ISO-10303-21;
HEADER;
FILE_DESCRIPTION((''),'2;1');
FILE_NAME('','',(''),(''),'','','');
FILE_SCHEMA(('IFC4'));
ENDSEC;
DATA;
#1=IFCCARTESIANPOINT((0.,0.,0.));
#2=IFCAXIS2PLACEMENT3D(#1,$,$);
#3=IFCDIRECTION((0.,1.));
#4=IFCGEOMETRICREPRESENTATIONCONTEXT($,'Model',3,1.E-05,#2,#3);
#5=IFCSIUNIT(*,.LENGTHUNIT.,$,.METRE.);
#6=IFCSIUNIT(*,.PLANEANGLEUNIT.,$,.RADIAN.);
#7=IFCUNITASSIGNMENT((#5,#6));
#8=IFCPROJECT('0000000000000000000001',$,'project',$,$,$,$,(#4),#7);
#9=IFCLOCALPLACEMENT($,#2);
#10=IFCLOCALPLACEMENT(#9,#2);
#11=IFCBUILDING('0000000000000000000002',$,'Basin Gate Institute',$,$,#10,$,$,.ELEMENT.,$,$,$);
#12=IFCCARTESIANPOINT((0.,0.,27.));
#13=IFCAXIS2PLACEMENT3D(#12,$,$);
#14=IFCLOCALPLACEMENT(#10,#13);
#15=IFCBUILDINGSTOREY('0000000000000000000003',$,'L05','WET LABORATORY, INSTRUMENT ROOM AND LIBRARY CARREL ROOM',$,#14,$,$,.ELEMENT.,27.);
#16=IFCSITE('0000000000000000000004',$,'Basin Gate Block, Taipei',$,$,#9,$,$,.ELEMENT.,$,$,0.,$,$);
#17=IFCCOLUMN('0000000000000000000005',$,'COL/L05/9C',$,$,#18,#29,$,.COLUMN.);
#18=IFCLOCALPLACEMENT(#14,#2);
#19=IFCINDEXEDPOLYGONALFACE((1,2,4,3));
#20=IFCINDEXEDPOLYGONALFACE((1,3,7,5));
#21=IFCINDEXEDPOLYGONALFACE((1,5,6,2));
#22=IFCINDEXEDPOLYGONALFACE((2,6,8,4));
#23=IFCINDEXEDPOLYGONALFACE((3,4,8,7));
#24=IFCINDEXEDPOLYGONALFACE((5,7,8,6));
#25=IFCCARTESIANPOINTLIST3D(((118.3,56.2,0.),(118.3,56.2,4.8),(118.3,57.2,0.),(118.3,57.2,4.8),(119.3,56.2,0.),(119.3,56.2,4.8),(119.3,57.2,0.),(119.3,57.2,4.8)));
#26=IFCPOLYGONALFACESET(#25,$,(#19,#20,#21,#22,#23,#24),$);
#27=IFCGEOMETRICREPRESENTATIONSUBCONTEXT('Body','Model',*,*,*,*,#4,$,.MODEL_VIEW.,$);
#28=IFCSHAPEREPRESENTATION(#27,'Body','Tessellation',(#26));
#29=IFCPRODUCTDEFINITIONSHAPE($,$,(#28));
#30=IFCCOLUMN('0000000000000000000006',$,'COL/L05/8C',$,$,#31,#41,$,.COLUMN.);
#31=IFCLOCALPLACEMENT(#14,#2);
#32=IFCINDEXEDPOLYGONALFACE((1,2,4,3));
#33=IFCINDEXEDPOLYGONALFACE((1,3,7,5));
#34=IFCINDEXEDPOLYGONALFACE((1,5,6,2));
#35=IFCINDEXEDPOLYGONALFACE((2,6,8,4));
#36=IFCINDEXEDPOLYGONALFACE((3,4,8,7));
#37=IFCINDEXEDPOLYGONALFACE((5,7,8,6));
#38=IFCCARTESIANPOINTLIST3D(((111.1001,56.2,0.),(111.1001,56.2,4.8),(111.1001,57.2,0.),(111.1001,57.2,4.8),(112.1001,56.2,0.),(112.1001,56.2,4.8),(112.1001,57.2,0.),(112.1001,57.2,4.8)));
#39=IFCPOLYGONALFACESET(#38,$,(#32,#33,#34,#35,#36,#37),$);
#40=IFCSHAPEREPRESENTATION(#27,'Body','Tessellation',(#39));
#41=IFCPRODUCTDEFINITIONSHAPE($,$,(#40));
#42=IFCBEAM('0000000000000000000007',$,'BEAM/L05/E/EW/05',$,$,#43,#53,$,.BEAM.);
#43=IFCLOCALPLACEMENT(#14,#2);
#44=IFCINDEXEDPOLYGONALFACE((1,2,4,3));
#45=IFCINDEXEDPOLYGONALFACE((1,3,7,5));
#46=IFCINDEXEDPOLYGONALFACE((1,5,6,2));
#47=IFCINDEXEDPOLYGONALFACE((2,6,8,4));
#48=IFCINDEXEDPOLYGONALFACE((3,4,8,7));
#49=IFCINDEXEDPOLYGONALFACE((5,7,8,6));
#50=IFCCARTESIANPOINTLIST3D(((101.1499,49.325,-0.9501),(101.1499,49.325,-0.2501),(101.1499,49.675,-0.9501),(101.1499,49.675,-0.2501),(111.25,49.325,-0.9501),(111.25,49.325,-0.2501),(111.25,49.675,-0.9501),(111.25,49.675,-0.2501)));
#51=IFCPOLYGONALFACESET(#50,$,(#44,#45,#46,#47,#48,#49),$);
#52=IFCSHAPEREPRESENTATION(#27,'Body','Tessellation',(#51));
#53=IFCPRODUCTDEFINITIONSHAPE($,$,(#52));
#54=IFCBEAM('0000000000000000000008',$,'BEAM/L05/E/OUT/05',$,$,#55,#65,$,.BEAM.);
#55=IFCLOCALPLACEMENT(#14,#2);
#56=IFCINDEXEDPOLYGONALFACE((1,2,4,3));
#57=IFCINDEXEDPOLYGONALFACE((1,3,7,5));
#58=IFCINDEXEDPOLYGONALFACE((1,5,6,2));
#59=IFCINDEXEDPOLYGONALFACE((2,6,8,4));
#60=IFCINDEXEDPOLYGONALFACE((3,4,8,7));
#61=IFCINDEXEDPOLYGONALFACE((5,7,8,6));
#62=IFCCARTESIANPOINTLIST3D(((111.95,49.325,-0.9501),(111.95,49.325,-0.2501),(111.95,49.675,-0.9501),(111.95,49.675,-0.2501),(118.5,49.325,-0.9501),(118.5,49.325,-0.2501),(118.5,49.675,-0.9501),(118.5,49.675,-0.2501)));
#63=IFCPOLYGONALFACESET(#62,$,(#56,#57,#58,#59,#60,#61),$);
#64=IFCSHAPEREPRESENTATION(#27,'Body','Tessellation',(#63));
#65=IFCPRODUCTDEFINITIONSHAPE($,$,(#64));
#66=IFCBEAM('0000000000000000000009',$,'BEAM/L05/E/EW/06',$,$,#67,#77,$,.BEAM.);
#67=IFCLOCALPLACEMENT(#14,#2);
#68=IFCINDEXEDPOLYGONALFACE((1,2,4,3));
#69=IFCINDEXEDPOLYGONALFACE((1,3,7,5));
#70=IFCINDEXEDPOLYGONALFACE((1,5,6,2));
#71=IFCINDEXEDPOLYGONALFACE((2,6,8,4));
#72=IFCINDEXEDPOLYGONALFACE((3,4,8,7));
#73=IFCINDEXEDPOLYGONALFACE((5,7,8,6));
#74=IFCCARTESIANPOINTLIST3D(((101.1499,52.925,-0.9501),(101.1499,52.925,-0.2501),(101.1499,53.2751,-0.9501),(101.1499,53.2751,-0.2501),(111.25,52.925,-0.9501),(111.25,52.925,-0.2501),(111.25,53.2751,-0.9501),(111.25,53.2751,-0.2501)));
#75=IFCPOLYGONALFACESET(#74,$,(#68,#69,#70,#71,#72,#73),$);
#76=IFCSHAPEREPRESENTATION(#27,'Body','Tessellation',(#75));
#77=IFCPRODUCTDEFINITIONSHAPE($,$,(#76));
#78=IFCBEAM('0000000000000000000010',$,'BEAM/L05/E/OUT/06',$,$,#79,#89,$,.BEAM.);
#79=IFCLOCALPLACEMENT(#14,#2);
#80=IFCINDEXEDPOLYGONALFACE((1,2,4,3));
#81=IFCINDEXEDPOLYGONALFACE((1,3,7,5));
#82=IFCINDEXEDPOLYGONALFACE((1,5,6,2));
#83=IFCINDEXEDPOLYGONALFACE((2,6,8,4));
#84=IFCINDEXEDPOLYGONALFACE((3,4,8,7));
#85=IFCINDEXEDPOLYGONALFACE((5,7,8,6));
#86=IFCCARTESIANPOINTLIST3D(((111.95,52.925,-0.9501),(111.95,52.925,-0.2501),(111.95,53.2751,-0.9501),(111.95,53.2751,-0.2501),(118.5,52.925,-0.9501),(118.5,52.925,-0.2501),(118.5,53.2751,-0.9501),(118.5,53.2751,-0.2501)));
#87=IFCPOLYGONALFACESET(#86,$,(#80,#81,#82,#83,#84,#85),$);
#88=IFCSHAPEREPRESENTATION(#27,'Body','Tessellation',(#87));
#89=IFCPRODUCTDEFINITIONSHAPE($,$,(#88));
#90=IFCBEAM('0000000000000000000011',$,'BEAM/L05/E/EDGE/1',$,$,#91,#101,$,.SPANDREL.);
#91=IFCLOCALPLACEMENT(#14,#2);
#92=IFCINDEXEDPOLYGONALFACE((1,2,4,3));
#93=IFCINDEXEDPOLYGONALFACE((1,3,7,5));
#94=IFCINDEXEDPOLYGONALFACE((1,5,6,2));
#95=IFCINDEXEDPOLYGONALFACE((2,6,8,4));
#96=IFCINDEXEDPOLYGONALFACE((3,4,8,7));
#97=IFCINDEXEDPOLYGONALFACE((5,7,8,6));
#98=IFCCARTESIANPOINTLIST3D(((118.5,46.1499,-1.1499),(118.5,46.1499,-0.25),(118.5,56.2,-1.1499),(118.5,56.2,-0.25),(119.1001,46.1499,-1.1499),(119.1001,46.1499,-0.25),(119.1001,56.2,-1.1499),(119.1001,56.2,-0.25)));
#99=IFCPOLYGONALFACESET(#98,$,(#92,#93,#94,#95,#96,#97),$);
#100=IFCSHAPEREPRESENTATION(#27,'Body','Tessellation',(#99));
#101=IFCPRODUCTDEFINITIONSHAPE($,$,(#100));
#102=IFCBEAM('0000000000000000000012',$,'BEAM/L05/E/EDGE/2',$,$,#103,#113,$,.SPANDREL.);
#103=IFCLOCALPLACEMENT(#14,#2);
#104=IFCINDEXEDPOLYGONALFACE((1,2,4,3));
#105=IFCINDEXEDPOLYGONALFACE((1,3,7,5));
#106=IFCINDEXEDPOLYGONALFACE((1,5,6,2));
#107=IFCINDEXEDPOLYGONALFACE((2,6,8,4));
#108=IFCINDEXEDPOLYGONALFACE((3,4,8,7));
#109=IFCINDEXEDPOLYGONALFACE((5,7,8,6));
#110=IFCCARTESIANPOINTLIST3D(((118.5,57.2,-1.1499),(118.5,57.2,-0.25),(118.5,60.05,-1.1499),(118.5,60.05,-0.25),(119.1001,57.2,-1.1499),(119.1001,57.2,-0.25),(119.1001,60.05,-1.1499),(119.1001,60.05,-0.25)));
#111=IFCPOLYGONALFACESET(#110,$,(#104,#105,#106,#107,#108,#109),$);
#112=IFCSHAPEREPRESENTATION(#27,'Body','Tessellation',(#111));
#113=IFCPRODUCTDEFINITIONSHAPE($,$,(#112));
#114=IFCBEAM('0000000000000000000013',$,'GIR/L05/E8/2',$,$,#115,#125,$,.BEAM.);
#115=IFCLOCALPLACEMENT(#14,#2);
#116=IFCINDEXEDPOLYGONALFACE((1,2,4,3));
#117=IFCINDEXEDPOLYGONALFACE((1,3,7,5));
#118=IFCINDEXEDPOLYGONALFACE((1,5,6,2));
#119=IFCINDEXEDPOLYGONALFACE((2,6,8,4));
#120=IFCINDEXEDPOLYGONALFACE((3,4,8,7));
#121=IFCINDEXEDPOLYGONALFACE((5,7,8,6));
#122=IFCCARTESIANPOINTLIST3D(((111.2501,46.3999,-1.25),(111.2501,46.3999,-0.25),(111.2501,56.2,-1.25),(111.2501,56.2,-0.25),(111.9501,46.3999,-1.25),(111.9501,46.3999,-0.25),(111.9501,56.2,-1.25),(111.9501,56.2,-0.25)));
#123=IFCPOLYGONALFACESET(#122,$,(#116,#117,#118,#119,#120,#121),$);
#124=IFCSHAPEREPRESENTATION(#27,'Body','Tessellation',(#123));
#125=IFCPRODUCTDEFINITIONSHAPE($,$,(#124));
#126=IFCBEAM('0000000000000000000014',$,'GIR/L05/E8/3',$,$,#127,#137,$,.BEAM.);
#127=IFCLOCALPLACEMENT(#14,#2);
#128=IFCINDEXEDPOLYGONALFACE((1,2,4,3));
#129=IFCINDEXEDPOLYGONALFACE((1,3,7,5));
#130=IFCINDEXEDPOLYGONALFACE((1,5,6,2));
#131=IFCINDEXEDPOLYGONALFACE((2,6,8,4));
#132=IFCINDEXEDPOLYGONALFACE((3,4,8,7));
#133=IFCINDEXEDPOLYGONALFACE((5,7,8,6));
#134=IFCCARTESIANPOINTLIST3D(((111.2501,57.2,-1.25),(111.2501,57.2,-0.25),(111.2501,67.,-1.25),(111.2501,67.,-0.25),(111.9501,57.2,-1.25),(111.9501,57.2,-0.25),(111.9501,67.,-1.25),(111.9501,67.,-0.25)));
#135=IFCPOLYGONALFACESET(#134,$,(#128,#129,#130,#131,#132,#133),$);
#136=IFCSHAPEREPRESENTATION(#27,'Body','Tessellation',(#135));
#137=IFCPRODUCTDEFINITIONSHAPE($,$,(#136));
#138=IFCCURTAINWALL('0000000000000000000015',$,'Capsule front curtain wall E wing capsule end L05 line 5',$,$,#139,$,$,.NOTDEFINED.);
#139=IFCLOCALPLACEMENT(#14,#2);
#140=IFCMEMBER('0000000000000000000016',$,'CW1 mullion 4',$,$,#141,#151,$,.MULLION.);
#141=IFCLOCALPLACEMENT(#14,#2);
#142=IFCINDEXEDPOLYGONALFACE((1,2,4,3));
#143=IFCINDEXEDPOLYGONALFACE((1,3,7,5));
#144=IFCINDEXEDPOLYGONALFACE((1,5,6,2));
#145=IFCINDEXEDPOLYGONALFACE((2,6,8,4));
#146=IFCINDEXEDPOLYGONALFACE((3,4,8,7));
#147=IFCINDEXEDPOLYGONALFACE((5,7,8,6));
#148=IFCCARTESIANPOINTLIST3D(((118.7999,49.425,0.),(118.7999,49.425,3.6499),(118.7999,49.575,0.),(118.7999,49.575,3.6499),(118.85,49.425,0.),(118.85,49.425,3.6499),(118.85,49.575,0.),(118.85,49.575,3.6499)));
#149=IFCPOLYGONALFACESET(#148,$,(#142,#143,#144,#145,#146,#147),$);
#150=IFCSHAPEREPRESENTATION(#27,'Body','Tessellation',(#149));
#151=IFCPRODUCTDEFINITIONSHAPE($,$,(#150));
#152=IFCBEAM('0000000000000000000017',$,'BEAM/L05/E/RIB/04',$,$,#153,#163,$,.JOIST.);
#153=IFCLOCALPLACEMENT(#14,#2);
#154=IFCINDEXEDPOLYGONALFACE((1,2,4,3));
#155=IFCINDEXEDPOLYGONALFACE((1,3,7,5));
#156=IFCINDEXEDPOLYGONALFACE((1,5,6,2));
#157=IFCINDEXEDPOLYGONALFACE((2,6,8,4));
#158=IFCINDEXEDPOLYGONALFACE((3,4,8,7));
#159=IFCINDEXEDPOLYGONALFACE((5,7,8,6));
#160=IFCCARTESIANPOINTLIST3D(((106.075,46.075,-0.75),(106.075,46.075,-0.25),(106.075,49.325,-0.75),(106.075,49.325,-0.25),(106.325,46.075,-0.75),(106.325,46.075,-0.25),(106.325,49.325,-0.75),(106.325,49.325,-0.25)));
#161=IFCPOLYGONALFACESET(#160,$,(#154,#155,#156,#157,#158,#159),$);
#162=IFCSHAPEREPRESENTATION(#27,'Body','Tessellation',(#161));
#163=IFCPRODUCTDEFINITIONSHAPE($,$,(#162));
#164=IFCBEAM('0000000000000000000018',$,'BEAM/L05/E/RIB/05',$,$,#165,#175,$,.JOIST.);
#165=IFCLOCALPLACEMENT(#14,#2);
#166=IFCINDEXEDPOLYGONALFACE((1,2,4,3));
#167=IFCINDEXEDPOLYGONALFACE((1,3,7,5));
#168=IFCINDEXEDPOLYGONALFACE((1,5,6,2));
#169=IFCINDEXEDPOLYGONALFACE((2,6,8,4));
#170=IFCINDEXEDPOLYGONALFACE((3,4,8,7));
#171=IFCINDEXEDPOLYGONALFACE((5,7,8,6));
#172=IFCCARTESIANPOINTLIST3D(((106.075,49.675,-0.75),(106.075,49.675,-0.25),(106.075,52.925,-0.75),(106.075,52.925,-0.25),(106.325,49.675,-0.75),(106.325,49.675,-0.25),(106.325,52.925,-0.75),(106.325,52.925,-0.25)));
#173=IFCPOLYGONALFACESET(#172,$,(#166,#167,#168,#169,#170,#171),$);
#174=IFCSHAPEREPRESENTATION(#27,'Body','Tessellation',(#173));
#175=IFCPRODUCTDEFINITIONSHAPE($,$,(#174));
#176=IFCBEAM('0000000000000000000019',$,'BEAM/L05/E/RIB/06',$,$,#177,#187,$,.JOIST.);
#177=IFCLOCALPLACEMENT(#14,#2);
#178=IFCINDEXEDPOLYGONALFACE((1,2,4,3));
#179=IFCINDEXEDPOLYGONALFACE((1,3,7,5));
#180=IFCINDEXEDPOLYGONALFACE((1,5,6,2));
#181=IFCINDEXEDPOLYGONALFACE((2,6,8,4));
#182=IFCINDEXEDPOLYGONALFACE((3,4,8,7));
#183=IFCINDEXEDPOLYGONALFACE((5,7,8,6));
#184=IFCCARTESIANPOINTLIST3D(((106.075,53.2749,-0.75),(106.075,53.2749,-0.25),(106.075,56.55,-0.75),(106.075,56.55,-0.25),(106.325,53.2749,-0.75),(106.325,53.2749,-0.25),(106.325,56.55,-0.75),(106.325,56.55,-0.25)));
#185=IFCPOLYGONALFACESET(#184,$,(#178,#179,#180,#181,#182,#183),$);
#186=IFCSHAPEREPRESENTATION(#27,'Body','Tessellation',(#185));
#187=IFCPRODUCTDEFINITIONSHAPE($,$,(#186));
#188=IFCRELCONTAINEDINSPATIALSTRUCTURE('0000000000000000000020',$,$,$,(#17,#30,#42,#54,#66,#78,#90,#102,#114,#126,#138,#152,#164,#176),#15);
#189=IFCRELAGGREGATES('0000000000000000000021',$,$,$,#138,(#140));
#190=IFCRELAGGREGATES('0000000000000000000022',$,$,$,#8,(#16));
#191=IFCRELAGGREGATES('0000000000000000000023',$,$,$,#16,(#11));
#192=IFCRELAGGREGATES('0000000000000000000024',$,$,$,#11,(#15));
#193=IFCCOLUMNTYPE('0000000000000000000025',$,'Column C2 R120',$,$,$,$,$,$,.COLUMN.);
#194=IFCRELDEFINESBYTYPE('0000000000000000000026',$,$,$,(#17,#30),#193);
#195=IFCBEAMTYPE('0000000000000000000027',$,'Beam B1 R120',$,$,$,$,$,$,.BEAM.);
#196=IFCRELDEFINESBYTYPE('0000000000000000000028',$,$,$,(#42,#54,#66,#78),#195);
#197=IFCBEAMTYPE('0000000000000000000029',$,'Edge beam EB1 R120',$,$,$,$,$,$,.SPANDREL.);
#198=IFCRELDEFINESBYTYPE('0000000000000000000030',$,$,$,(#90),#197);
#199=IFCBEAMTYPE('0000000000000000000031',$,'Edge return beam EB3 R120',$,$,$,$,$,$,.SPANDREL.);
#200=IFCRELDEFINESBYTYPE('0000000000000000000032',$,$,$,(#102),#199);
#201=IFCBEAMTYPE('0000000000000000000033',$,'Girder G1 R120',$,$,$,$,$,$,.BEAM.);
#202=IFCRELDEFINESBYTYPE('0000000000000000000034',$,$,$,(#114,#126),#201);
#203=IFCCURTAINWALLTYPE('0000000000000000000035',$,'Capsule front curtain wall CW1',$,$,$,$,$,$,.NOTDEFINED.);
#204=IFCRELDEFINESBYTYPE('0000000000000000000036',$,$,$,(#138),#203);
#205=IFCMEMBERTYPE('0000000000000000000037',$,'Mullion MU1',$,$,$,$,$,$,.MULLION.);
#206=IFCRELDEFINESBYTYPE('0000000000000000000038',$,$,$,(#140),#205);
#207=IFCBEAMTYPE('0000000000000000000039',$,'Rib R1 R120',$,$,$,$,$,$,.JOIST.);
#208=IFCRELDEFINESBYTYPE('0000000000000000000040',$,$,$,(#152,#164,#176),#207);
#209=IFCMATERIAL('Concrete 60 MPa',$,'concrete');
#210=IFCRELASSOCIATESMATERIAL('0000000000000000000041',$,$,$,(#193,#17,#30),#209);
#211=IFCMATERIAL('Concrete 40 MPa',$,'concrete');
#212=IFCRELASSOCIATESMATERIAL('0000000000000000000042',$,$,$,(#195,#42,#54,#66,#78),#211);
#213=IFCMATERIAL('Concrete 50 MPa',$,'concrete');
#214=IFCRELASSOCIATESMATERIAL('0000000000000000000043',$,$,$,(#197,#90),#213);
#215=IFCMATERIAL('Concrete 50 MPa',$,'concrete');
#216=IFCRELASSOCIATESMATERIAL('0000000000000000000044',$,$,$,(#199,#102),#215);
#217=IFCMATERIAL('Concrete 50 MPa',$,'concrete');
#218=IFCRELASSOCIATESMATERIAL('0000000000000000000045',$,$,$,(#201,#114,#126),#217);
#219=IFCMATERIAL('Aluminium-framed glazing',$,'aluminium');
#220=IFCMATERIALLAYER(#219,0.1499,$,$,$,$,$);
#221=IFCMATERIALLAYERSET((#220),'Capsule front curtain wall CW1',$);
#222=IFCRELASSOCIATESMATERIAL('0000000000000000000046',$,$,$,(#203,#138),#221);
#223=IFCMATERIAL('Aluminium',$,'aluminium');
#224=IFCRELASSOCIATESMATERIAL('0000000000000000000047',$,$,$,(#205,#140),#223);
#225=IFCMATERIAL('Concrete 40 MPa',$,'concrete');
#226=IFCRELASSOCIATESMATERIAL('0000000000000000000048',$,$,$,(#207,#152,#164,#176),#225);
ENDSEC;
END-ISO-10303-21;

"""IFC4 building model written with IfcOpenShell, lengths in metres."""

from ifc_helpers import new_model, si_unit, direction, frame, origin, origin_2d, place, context, subcontext, project, spatial, rectangle, extrude, material, layer, layer_set, material_profile, profile_set, type_object, element, aggregate, save


model = new_model("IFC4")

# Units and contexts
model_context = context("Model", 3, precision=1e-05, world=origin(), true_north=direction((0.0, 1.0)))
body_context = subcontext(model_context, "Body", "Model", "MODEL_VIEW")
ifc_project = project(units=[si_unit("LENGTHUNIT", "METRE"), si_unit("PLANEANGLEUNIT", "RADIAN")], contexts=[model_context])

# Site, building, storey
site_placement = place(None, origin())
site = spatial("IfcSite", under=ifc_project, at=site_placement, Name="Basin Gate Block, Taipei", CompositionType="ELEMENT", RefElevation=0.0)
building_placement = place(site_placement, origin())
building = spatial("IfcBuilding", under=site, at=building_placement, Name="Basin Gate Institute", CompositionType="ELEMENT")
storey_placement = place(building_placement, frame((0.0, 0.0, 27.0)))
storey = spatial("IfcBuildingStorey", under=building, at=storey_placement, Name="L05", Description="WET LABORATORY, INSTRUMENT ROOM AND LIBRARY CARREL ROOM", CompositionType="ELEMENT", Elevation=27.0)

# Columns
ifc_material_1 = material(Name="Concrete 60 MPa", Category="concrete")
ifc_material_profile_1 = material_profile(ifc_material_1, rectangle(XDim=1.0, YDim=1.0, at=origin_2d()), Name="Column C2 1000 x 1000")
ifc_profile_set_1 = profile_set([ifc_material_profile_1], Name="Concrete 60 MPa")
column_type = type_object("IfcColumnType", Name="Column C2 R120", PredefinedType="COLUMN", material=ifc_profile_set_1)
for number, where, z_axis, x_axis, name in (
    (1, (118.8, 56.7, 0.0), (0.0, 0.0, 1.0), (1.0, 0.0, 0.0), "COL/L05/9C"),
    (2, (111.6001, 56.7, 0.0), (0.0, 0.0, 1.0), (1.0, 0.0, 0.0), "COL/L05/8C"),
):
    element("IfcColumn", number, at=place(storey_placement, frame(where, z_axis=z_axis, x_axis=x_axis)), inside=storey, type_object=column_type, material=ifc_profile_set_1, Name=name, PredefinedType="COLUMN", context=body_context, shape_type="SweptSolid", body=[
        extrude(rectangle(XDim=1.0, YDim=1.0, at=origin_2d()), origin(), (0.0, 0.0, 1.0), 4.8),
    ])

# Beams
ifc_material_2 = material(Name="Concrete 40 MPa", Category="concrete")
ifc_material_profile_2 = material_profile(ifc_material_2, rectangle(XDim=0.3501, YDim=0.7, at=origin_2d()), Name="Beam B1 350 x 700")
ifc_profile_set_2 = profile_set([ifc_material_profile_2], Name="Concrete 40 MPa")
beam_type_1 = type_object("IfcBeamType", Name="Beam B1 R120", PredefinedType="BEAM", material=ifc_profile_set_2)
beam_1_placement = place(storey_placement, frame((111.25, 49.5, -0.6001), z_axis=(-1.0, 0.0, 0.0), x_axis=(0.0, -1.0, 0.0)))
element("IfcBeam", 3, at=beam_1_placement, inside=storey, type_object=beam_type_1, material=ifc_profile_set_2, Name="BEAM/L05/E/EW/05", PredefinedType="BEAM", context=body_context, shape_type="SweptSolid", body=[
    extrude(rectangle(XDim=0.3501, YDim=0.7, at=origin_2d()), origin(), (0.0, 0.0, 1.0), 10.1001),
])
beam_2_placement = place(storey_placement, frame((118.5, 49.5, -0.6001), z_axis=(-1.0, 0.0, 0.0), x_axis=(0.0, -1.0, 0.0)))
element("IfcBeam", 4, at=beam_2_placement, inside=storey, type_object=beam_type_1, material=ifc_profile_set_2, Name="BEAM/L05/E/OUT/05", PredefinedType="BEAM", context=body_context, shape_type="SweptSolid", body=[
    extrude(rectangle(XDim=0.3501, YDim=0.7, at=origin_2d()), origin(), (0.0, 0.0, 1.0), 6.55),
])
beam_3_placement = place(storey_placement, frame((111.25, 53.1001, -0.6001), z_axis=(-1.0, 0.0, 0.0), x_axis=(0.0, -1.0, 0.0)))
element("IfcBeam", 5, at=beam_3_placement, inside=storey, type_object=beam_type_1, material=ifc_profile_set_2, Name="BEAM/L05/E/EW/06", PredefinedType="BEAM", context=body_context, shape_type="SweptSolid", body=[
    extrude(rectangle(XDim=0.3501, YDim=0.7, at=origin_2d()), origin(), (0.0, 0.0, 1.0), 10.1001),
])
beam_4_placement = place(storey_placement, frame((118.5, 53.1001, -0.6001), z_axis=(-1.0, 0.0, 0.0), x_axis=(0.0, -1.0, 0.0)))
element("IfcBeam", 6, at=beam_4_placement, inside=storey, type_object=beam_type_1, material=ifc_profile_set_2, Name="BEAM/L05/E/OUT/06", PredefinedType="BEAM", context=body_context, shape_type="SweptSolid", body=[
    extrude(rectangle(XDim=0.3501, YDim=0.7, at=origin_2d()), origin(), (0.0, 0.0, 1.0), 6.55),
])
ifc_material_3 = material(Name="Concrete 50 MPa", Category="concrete")
ifc_material_profile_3 = material_profile(ifc_material_3, rectangle(XDim=0.6001, YDim=0.8999, at=origin_2d()), Name="Edge beam EB1 600 x 900")
ifc_profile_set_3 = profile_set([ifc_material_profile_3], Name="Concrete 50 MPa")
beam_type_2 = type_object("IfcBeamType", Name="Edge beam EB1 R120", PredefinedType="SPANDREL", material=ifc_profile_set_3)
beam_5_placement = place(storey_placement, frame((118.8, 46.1499, -0.7), z_axis=(0.0, 1.0, 0.0), x_axis=(-1.0, 0.0, 0.0)))
element("IfcBeam", 7, at=beam_5_placement, inside=storey, type_object=beam_type_2, material=ifc_profile_set_3, Name="BEAM/L05/E/EDGE/1", PredefinedType="SPANDREL", context=body_context, shape_type="SweptSolid", body=[
    extrude(rectangle(XDim=0.6001, YDim=0.8999, at=origin_2d()), origin(), (0.0, 0.0, 1.0), 10.05),
])
ifc_material_4 = material(Name="Concrete 50 MPa", Category="concrete")
ifc_material_profile_4 = material_profile(ifc_material_4, rectangle(XDim=0.6001, YDim=0.8999, at=origin_2d()), Name="Edge return beam EB3 600 x 900")
ifc_profile_set_4 = profile_set([ifc_material_profile_4], Name="Concrete 50 MPa")
beam_type_3 = type_object("IfcBeamType", Name="Edge return beam EB3 R120", PredefinedType="SPANDREL", material=ifc_profile_set_4)
beam_6_placement = place(storey_placement, frame((118.8, 57.2, -0.7), z_axis=(0.0, 1.0, 0.0), x_axis=(-1.0, 0.0, 0.0)))
element("IfcBeam", 8, at=beam_6_placement, inside=storey, type_object=beam_type_3, material=ifc_profile_set_4, Name="BEAM/L05/E/EDGE/2", PredefinedType="SPANDREL", context=body_context, shape_type="SweptSolid", body=[
    extrude(rectangle(XDim=0.6001, YDim=0.8999, at=origin_2d()), origin(), (0.0, 0.0, 1.0), 2.8501),
])
ifc_material_5 = material(Name="Concrete 50 MPa", Category="concrete")
ifc_material_profile_5 = material_profile(ifc_material_5, rectangle(XDim=0.7, YDim=1.0, at=origin_2d()), Name="Girder G1 700 x 1000")
ifc_profile_set_5 = profile_set([ifc_material_profile_5], Name="Concrete 50 MPa")
beam_type_4 = type_object("IfcBeamType", Name="Girder G1 R120", PredefinedType="BEAM", material=ifc_profile_set_5)
for number, where, z_axis, x_axis, name in (
    (9, (111.6001, 46.3999, -0.75), (0.0, 1.0, 0.0), (-1.0, 0.0, 0.0), "GIR/L05/E8/2"),
    (10, (111.6001, 57.2, -0.75), (0.0, 1.0, 0.0), (-1.0, 0.0, 0.0), "GIR/L05/E8/3"),
):
    element("IfcBeam", number, at=place(storey_placement, frame(where, z_axis=z_axis, x_axis=x_axis)), inside=storey, type_object=beam_type_4, material=ifc_profile_set_5, Name=name, PredefinedType="BEAM", context=body_context, shape_type="SweptSolid", body=[
        extrude(rectangle(XDim=0.7, YDim=1.0, at=origin_2d()), origin(), (0.0, 0.0, 1.0), 9.8),
    ])

# Curtain wall, member
ifc_material_6 = material(Name="Aluminium-framed glazing", Category="aluminium")
ifc_layer_1 = layer(ifc_material_6, 0.1499)
ifc_layer_set_1 = layer_set([ifc_layer_1], Name="Capsule front curtain wall CW1")
curtain_wall_type = type_object("IfcCurtainWallType", Name="Capsule front curtain wall CW1", PredefinedType="NOTDEFINED", material=ifc_layer_set_1)
curtain_wall_placement = place(storey_placement, origin())
curtain_wall = element("IfcCurtainWall", 11, at=curtain_wall_placement, inside=storey, type_object=curtain_wall_type, material=ifc_layer_set_1, Name="Capsule front curtain wall E wing capsule end L05 line 5", PredefinedType="NOTDEFINED")
ifc_material_7 = material(Name="Aluminium", Category="aluminium")
ifc_material_profile_6 = material_profile(ifc_material_7, rectangle(XDim=0.1499, YDim=0.05, at=origin_2d()), Name="Mullion MU1 150 x 50")
ifc_profile_set_6 = profile_set([ifc_material_profile_6], Name="Aluminium")
member_type = type_object("IfcMemberType", Name="Mullion MU1", PredefinedType="MULLION", material=ifc_profile_set_6)
member_placement = place(storey_placement, frame((118.825, 49.5, 0.0), z_axis=(0.0, 0.0, 1.0), x_axis=(0.0, -1.0, 0.0)))
member = element("IfcMember", 12, at=member_placement, type_object=member_type, material=ifc_profile_set_6, Name="CW1 mullion 4", PredefinedType="MULLION", context=body_context, shape_type="SweptSolid", body=[
    extrude(rectangle(XDim=0.1499, YDim=0.05, at=origin_2d()), origin(), (0.0, 0.0, 1.0), 3.6499),
])
aggregate(curtain_wall, [member])

# Beams
ifc_material_8 = material(Name="Concrete 40 MPa", Category="concrete")
ifc_material_profile_7 = material_profile(ifc_material_8, rectangle(XDim=0.25, YDim=0.5, at=origin_2d()), Name="Rib R1 250 x 500")
ifc_profile_set_7 = profile_set([ifc_material_profile_7], Name="Concrete 40 MPa")
beam_type_5 = type_object("IfcBeamType", Name="Rib R1 R120", PredefinedType="JOIST", material=ifc_profile_set_7)
for number, where, z_axis, x_axis, name in (
    (13, (106.2, 46.075, -0.5), (0.0, 1.0, 0.0), (-1.0, 0.0, 0.0), "BEAM/L05/E/RIB/04"),
    (14, (106.2, 49.675, -0.5), (0.0, 1.0, 0.0), (-1.0, 0.0, 0.0), "BEAM/L05/E/RIB/05"),
):
    element("IfcBeam", number, at=place(storey_placement, frame(where, z_axis=z_axis, x_axis=x_axis)), inside=storey, type_object=beam_type_5, material=ifc_profile_set_7, Name=name, PredefinedType="JOIST", context=body_context, shape_type="SweptSolid", body=[
        extrude(rectangle(XDim=0.25, YDim=0.5, at=origin_2d()), origin(), (0.0, 0.0, 1.0), 3.25),
    ])
beam_7_placement = place(storey_placement, frame((106.2, 53.2749, -0.5), z_axis=(0.0, 1.0, 0.0), x_axis=(-1.0, 0.0, 0.0)))
element("IfcBeam", 15, at=beam_7_placement, inside=storey, type_object=beam_type_5, material=ifc_profile_set_7, Name="BEAM/L05/E/RIB/06", PredefinedType="JOIST", context=body_context, shape_type="SweptSolid", body=[
    extrude(rectangle(XDim=0.25, YDim=0.5, at=origin_2d()), origin(), (0.0, 0.0, 1.0), 3.2751),
])

save(model, "model.ifc")
